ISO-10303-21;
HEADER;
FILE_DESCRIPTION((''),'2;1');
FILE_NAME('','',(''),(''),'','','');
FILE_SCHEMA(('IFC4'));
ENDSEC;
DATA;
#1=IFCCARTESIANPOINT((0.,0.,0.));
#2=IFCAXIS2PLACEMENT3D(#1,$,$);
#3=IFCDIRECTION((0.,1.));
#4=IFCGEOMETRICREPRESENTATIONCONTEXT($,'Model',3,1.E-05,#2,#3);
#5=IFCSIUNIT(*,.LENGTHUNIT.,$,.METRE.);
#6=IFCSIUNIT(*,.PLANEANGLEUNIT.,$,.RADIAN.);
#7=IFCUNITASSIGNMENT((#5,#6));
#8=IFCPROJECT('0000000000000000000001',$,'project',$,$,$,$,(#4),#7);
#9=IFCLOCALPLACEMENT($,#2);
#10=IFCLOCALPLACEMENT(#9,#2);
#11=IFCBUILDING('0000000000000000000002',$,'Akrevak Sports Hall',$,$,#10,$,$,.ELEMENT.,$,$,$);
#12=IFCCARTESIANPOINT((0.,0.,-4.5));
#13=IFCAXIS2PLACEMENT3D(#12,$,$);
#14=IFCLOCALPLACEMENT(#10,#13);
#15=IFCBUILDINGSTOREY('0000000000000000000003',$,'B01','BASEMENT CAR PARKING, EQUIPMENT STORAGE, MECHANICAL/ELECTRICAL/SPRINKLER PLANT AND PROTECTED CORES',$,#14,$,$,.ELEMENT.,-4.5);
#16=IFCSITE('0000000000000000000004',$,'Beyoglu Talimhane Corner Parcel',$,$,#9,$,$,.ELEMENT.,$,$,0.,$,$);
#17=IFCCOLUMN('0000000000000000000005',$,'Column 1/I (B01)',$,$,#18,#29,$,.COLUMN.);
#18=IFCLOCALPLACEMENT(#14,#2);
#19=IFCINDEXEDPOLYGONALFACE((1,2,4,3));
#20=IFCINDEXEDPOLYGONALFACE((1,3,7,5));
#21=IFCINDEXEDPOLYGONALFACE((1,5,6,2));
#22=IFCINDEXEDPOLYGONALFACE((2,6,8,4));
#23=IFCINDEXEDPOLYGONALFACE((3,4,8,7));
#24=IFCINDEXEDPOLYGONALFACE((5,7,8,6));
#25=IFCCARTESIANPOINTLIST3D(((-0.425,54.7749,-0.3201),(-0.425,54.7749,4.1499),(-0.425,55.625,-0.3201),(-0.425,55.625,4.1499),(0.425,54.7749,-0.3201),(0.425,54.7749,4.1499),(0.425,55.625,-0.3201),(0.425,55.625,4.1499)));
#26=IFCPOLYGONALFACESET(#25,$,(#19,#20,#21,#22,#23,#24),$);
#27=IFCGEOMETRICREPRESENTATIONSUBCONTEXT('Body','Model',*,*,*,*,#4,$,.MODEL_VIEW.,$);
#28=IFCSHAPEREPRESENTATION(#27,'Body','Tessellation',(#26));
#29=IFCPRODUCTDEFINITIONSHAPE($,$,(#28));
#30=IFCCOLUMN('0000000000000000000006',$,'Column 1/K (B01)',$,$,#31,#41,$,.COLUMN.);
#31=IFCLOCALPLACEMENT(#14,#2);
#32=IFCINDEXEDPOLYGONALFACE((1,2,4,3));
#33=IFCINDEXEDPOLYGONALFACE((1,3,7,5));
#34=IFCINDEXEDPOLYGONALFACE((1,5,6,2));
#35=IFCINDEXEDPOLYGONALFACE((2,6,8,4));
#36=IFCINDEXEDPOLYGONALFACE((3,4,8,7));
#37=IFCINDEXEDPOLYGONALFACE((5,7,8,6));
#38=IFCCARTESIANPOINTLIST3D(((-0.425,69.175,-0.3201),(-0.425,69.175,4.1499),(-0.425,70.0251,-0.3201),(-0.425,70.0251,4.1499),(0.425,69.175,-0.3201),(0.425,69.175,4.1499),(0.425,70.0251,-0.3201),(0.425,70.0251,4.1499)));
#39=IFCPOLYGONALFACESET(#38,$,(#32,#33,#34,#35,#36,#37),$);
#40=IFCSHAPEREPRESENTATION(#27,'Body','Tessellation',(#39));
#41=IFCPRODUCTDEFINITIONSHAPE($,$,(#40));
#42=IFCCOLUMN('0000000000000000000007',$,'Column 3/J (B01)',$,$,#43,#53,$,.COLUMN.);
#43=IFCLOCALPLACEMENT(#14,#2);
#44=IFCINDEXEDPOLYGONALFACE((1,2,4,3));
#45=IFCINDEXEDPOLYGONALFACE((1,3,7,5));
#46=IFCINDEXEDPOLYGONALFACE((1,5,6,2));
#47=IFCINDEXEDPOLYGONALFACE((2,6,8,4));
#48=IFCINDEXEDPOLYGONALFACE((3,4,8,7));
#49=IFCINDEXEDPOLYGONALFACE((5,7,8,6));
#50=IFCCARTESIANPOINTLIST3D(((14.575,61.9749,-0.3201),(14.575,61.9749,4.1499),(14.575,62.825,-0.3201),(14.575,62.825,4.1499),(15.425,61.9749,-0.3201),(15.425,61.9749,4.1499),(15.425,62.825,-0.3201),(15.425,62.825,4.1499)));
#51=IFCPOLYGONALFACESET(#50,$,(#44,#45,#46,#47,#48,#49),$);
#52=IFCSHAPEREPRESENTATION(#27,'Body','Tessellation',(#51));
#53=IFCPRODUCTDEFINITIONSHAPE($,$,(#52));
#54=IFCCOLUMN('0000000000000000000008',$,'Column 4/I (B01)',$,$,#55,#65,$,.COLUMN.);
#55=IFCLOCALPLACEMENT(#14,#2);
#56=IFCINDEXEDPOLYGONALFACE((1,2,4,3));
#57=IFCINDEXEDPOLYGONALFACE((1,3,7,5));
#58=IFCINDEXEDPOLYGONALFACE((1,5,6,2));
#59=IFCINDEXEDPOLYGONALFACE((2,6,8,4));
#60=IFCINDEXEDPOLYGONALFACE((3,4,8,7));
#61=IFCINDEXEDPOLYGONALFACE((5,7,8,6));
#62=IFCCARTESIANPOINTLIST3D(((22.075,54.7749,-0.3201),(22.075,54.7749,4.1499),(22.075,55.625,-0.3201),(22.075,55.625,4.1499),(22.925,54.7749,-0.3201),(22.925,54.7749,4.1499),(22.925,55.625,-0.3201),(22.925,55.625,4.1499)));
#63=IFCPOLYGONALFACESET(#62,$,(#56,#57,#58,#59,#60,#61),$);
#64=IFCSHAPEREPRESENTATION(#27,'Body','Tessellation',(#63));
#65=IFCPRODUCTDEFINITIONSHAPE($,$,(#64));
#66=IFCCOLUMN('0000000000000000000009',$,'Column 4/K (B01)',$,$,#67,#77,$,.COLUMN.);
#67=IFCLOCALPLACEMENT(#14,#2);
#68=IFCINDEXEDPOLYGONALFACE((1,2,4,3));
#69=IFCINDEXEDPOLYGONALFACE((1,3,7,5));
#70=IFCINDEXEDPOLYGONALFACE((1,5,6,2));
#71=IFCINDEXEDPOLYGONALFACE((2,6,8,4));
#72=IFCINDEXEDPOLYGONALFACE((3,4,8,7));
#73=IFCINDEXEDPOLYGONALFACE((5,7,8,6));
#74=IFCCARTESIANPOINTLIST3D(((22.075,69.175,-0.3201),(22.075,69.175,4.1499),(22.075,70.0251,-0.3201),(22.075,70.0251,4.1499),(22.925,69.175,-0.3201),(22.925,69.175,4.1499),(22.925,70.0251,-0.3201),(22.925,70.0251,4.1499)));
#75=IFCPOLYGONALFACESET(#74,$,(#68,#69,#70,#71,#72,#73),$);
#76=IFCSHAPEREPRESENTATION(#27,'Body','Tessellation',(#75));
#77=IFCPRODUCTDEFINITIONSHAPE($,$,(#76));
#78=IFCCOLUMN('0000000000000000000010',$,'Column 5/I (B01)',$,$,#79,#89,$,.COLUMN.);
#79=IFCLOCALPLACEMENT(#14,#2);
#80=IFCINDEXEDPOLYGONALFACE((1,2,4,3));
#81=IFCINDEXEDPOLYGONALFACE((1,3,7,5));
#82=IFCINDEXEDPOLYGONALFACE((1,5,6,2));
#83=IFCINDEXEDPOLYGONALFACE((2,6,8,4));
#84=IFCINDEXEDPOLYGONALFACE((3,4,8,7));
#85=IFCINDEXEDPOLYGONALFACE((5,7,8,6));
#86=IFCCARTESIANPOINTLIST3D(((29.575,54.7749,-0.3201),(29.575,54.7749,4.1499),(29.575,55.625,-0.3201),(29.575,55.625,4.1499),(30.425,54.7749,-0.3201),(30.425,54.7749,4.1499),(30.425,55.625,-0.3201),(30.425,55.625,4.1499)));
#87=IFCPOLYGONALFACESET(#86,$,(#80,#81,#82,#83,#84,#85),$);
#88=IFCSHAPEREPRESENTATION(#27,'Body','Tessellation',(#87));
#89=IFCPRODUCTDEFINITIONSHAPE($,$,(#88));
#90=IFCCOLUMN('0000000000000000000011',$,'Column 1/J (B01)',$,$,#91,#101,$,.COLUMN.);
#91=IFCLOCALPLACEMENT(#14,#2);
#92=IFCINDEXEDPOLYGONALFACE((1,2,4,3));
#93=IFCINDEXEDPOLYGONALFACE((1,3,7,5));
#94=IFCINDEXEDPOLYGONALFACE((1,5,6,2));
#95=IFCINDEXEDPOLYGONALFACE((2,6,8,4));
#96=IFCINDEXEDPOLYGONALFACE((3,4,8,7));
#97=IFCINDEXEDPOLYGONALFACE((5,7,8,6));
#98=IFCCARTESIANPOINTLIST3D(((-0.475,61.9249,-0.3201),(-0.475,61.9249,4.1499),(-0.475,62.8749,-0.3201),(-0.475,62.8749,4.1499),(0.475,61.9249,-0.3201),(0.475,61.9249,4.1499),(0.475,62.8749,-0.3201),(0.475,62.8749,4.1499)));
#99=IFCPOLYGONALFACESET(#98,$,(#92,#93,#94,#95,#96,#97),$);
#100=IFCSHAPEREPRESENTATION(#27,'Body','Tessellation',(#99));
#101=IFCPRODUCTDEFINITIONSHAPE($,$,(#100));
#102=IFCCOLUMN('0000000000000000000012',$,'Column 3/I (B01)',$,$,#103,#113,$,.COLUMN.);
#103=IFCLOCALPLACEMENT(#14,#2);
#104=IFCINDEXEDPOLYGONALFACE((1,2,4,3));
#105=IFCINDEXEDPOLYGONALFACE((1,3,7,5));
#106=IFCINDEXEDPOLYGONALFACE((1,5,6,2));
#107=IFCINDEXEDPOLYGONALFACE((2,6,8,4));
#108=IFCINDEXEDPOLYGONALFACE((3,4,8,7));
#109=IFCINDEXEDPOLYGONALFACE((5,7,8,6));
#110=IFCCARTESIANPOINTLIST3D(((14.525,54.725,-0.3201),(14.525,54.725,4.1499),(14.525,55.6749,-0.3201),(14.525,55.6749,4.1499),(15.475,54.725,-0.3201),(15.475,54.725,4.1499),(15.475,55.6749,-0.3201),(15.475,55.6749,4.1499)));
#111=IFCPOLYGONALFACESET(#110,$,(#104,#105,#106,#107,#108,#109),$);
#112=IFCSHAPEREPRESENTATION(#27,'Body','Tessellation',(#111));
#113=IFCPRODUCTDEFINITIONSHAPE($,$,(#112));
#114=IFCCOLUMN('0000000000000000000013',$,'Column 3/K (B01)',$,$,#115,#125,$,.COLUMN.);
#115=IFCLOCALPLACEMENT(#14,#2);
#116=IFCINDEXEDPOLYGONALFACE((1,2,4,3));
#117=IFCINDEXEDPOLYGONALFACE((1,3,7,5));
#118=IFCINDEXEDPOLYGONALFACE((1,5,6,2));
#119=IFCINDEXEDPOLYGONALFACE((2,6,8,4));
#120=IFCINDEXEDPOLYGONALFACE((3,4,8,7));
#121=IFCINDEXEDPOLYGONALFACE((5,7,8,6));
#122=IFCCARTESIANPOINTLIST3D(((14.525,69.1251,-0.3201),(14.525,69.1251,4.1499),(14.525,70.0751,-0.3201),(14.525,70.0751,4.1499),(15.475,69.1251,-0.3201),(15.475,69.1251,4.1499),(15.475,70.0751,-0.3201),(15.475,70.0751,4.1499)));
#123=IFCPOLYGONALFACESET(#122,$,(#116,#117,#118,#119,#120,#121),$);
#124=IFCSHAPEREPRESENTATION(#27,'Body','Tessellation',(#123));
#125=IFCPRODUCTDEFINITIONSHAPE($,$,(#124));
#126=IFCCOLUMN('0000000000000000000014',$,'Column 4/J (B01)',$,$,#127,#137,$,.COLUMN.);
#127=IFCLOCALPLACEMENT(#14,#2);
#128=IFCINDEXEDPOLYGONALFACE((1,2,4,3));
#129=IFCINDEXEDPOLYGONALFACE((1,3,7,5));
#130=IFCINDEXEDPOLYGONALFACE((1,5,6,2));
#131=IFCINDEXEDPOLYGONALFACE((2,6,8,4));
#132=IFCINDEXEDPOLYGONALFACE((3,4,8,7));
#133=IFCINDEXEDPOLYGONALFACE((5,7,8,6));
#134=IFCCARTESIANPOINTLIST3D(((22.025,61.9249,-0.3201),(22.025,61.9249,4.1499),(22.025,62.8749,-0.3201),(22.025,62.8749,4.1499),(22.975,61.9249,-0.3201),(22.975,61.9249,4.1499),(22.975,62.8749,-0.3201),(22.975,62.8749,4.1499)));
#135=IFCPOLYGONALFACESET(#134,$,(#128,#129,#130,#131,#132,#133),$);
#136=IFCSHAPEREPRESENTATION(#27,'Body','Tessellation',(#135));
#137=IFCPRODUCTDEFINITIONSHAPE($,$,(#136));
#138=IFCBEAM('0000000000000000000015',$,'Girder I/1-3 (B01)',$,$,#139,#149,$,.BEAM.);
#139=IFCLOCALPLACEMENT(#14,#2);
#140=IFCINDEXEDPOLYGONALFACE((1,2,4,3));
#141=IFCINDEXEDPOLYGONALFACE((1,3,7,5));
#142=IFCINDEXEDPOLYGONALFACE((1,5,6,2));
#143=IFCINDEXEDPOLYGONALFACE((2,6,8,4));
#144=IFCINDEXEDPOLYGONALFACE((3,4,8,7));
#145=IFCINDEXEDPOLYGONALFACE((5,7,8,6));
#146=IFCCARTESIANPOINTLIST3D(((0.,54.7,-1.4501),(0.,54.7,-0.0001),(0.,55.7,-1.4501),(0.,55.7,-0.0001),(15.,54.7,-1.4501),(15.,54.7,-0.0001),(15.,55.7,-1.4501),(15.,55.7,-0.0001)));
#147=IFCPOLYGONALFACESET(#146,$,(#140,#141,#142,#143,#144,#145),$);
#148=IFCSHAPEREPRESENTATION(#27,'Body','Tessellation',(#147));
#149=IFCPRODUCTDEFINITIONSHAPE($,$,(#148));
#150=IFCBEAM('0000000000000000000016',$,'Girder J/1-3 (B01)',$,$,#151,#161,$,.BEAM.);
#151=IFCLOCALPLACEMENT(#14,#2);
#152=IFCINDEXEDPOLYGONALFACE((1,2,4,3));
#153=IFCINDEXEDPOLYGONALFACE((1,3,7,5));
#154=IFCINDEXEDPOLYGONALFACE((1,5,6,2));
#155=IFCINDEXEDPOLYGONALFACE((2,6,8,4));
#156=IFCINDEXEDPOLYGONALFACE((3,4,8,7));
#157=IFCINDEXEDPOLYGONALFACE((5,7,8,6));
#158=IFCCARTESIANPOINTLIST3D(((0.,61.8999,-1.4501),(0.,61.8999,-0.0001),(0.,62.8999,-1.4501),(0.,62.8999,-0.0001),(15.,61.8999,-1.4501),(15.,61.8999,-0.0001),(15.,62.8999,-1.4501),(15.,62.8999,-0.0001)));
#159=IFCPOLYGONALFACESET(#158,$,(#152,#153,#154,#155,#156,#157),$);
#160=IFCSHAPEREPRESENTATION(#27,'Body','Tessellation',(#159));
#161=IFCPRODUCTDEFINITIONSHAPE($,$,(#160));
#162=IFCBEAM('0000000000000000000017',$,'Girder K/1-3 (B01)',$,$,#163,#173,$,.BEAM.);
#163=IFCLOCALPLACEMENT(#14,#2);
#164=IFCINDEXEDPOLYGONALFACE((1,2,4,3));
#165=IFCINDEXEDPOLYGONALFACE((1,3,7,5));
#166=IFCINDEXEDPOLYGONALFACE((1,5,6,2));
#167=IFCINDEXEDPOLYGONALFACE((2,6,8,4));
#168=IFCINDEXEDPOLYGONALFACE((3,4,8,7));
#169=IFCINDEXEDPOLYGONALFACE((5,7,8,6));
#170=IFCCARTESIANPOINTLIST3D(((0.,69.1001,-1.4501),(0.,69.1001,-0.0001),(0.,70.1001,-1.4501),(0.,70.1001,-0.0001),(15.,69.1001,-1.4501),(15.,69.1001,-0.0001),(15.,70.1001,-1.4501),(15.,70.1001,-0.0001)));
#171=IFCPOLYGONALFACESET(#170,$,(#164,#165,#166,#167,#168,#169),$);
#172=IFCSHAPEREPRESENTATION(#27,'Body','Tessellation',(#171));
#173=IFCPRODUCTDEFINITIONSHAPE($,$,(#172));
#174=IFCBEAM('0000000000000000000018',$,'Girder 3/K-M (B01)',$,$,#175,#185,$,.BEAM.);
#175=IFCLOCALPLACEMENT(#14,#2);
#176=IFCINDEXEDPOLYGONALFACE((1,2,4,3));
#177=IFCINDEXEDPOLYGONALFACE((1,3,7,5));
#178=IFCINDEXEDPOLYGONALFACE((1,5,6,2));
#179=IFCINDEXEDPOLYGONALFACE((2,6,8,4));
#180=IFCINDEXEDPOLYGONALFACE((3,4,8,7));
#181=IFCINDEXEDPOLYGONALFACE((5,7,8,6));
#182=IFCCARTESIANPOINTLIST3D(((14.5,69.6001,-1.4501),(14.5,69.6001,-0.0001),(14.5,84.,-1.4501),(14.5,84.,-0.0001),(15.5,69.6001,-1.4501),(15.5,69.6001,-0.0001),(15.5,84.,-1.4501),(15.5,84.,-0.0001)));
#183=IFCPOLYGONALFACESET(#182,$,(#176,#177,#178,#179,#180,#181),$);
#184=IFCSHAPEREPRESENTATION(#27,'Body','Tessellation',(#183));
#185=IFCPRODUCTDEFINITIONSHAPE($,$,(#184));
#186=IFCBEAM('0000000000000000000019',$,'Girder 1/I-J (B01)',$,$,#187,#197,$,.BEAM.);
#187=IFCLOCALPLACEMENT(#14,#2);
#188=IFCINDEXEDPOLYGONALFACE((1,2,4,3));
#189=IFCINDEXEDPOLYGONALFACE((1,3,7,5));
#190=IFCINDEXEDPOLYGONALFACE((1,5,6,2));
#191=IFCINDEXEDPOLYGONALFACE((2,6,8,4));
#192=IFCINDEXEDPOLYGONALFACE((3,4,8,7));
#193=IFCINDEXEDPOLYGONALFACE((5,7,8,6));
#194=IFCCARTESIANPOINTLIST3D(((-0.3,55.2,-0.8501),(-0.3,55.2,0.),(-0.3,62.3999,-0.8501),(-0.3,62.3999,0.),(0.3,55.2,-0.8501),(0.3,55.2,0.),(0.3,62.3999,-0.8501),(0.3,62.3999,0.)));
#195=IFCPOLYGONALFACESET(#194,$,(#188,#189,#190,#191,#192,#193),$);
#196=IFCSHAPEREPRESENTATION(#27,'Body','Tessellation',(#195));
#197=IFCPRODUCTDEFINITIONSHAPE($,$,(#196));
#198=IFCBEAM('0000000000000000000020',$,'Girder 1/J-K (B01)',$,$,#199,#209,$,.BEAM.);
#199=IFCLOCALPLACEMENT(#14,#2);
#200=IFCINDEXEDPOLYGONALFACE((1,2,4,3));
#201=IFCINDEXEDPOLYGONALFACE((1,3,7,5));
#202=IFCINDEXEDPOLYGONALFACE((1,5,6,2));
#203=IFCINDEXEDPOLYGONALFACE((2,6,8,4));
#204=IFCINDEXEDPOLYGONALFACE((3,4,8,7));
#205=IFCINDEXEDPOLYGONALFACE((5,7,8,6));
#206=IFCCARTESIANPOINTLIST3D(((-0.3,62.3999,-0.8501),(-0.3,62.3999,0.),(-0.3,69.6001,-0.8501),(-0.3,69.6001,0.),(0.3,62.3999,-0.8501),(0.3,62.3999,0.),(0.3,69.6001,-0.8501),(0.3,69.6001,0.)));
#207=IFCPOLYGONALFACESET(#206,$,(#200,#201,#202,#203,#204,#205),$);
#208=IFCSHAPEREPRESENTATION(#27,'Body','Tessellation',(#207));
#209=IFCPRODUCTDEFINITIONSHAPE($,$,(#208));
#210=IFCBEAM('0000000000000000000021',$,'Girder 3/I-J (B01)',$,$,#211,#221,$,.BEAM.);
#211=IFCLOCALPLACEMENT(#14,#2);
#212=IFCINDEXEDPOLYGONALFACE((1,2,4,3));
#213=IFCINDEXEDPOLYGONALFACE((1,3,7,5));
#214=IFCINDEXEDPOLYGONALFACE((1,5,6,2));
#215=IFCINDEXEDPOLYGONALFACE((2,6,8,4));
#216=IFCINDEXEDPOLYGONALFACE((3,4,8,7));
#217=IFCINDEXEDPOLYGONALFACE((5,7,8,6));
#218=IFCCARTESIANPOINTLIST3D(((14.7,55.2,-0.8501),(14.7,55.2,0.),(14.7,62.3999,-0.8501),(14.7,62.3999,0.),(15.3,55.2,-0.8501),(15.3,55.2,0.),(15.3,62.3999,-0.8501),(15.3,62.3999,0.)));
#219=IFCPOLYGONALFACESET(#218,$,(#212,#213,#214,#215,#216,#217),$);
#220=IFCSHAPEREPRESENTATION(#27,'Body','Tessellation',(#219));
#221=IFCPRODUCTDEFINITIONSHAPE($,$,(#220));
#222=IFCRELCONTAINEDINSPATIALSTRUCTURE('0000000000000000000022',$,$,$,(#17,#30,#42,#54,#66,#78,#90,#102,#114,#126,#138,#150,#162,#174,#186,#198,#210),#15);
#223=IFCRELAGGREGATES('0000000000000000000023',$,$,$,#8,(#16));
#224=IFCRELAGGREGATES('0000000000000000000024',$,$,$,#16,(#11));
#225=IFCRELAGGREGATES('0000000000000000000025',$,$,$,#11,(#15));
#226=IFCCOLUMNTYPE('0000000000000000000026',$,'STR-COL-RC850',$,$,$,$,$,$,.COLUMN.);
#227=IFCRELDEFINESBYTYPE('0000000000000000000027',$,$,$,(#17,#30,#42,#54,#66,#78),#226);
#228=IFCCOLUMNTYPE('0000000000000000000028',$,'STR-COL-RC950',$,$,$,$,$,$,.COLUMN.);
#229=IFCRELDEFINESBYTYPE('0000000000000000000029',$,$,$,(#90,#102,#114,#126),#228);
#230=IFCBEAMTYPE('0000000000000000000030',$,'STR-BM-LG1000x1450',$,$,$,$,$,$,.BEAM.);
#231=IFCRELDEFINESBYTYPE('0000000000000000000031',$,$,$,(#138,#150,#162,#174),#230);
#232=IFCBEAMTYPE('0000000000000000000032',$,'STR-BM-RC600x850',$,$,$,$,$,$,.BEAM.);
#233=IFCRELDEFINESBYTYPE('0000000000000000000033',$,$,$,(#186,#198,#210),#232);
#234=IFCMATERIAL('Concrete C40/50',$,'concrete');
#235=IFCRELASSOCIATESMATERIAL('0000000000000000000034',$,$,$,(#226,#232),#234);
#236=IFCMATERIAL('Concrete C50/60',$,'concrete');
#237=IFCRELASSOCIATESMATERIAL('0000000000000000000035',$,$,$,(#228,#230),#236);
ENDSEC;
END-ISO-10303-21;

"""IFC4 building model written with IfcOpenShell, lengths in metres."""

from ifc_helpers import new_model, si_unit, direction, frame, origin, origin_2d, place, context, subcontext, project, spatial, rectangle, extrude, material, material_profile, profile_set, type_object, element, save


model = new_model("IFC4")

# Units and contexts
model_context = context("Model", 3, precision=1e-05, world=origin(), true_north=direction((0.0, 1.0)))
body_context = subcontext(model_context, "Body", "Model", "MODEL_VIEW")
ifc_project = project(units=[si_unit("LENGTHUNIT", "METRE"), si_unit("PLANEANGLEUNIT", "RADIAN")], contexts=[model_context])

# Site, building, storey
site_placement = place(None, origin())
site = spatial("IfcSite", under=ifc_project, at=site_placement, Name="Beyoglu Talimhane Corner Parcel", CompositionType="ELEMENT", RefElevation=0.0)
building_placement = place(site_placement, origin())
building = spatial("IfcBuilding", under=site, at=building_placement, Name="Akrevak Sports Hall", CompositionType="ELEMENT")
storey_placement = place(building_placement, frame((0.0, 0.0, -4.5)))
storey = spatial("IfcBuildingStorey", under=building, at=storey_placement, Name="B01", Description="BASEMENT CAR PARKING, EQUIPMENT STORAGE, MECHANICAL/ELECTRICAL/SPRINKLER PLANT AND PROTECTED CORES", CompositionType="ELEMENT", Elevation=-4.5)

# Columns
ifc_material_1 = material(Name="Concrete C40/50", Category="concrete")
ifc_material_profile_1 = material_profile(ifc_material_1, rectangle(XDim=0.8501, YDim=0.8501, at=origin_2d()), Name="RC 850x850", Category="concrete")
ifc_profile_set_1 = profile_set([ifc_material_profile_1], Name="Concrete C40/50")
column_type_1 = type_object("IfcColumnType", Name="STR-COL-RC850", PredefinedType="COLUMN", material=ifc_profile_set_1)
for number, where, z_axis, x_axis, name in (
    (1, (0.0, 55.2, -0.3201), (0.0, 0.0, 1.0), (1.0, 0.0, 0.0), "Column 1/I (B01)"),
    (2, (0.0, 69.6001, -0.3201), (0.0, 0.0, 1.0), (1.0, 0.0, 0.0), "Column 1/K (B01)"),
    (3, (15.0, 62.3999, -0.3201), (0.0, 0.0, 1.0), (1.0, 0.0, 0.0), "Column 3/J (B01)"),
    (4, (22.5, 55.2, -0.3201), (0.0, 0.0, 1.0), (1.0, 0.0, 0.0), "Column 4/I (B01)"),
    (5, (22.5, 69.6001, -0.3201), (0.0, 0.0, 1.0), (1.0, 0.0, 0.0), "Column 4/K (B01)"),
    (6, (30.0, 55.2, -0.3201), (0.0, 0.0, 1.0), (1.0, 0.0, 0.0), "Column 5/I (B01)"),
):
    element("IfcColumn", number, at=place(storey_placement, frame(where, z_axis=z_axis, x_axis=x_axis)), inside=storey, type_object=column_type_1, Name=name, PredefinedType="COLUMN", context=body_context, shape_type="SweptSolid", body=[
        extrude(rectangle(XDim=0.8501, YDim=0.8501, at=origin_2d()), origin(), (0.0, 0.0, 1.0), 4.47),
    ])
ifc_material_2 = material(Name="Concrete C50/60", Category="concrete")
ifc_material_profile_2 = material_profile(ifc_material_2, rectangle(XDim=0.95, YDim=0.95, at=origin_2d()), Name="RC 950x950", Category="concrete")
ifc_profile_set_2 = profile_set([ifc_material_profile_2], Name="Concrete C50/60")
column_type_2 = type_object("IfcColumnType", Name="STR-COL-RC950", PredefinedType="COLUMN", material=ifc_profile_set_2)
for number, where, z_axis, x_axis, name in (
    (7, (0.0, 62.3999, -0.3201), (0.0, 0.0, 1.0), (1.0, 0.0, 0.0), "Column 1/J (B01)"),
    (8, (15.0, 55.2, -0.3201), (0.0, 0.0, 1.0), (1.0, 0.0, 0.0), "Column 3/I (B01)"),
    (9, (15.0, 69.6001, -0.3201), (0.0, 0.0, 1.0), (1.0, 0.0, 0.0), "Column 3/K (B01)"),
    (10, (22.5, 62.3999, -0.3201), (0.0, 0.0, 1.0), (1.0, 0.0, 0.0), "Column 4/J (B01)"),
):
    element("IfcColumn", number, at=place(storey_placement, frame(where, z_axis=z_axis, x_axis=x_axis)), inside=storey, type_object=column_type_2, Name=name, PredefinedType="COLUMN", context=body_context, shape_type="SweptSolid", body=[
        extrude(rectangle(XDim=0.95, YDim=0.95, at=origin_2d()), origin(), (0.0, 0.0, 1.0), 4.47),
    ])

# Beams
ifc_material_profile_3 = material_profile(ifc_material_2, rectangle(XDim=1.0, YDim=1.45, at=origin_2d()), Name="BM 1000x1450", Category="concrete")
ifc_profile_set_3 = profile_set([ifc_material_profile_3], Name="Concrete C50/60")
beam_type_1 = type_object("IfcBeamType", Name="STR-BM-LG1000x1450", PredefinedType="BEAM", material=ifc_profile_set_3)
for number, where, z_axis, x_axis, name in (
    (11, (0.0, 55.2, -0.7251), (1.0, 0.0, 0.0), (0.0, 1.0, 0.0), "Girder I/1-3 (B01)"),
    (12, (0.0, 62.3999, -0.7251), (1.0, 0.0, 0.0), (0.0, 1.0, 0.0), "Girder J/1-3 (B01)"),
    (13, (0.0, 69.6001, -0.7251), (1.0, 0.0, 0.0), (0.0, 1.0, 0.0), "Girder K/1-3 (B01)"),
):
    element("IfcBeam", number, at=place(storey_placement, frame(where, z_axis=z_axis, x_axis=x_axis)), inside=storey, type_object=beam_type_1, Name=name, PredefinedType="BEAM", context=body_context, shape_type="SweptSolid", body=[
        extrude(rectangle(XDim=1.0, YDim=1.45, at=origin_2d()), origin(), (0.0, 0.0, 1.0), 15.0),
    ])
beam_1_placement = place(storey_placement, frame((15.0, 69.6001, -0.7251), z_axis=(0.0, 1.0, 0.0), x_axis=(-1.0, 0.0, 0.0)))
element("IfcBeam", 14, at=beam_1_placement, inside=storey, type_object=beam_type_1, Name="Girder 3/K-M (B01)", PredefinedType="BEAM", context=body_context, shape_type="SweptSolid", body=[
    extrude(rectangle(XDim=1.0, YDim=1.45, at=origin_2d()), origin(), (0.0, 0.0, 1.0), 14.3999),
])
ifc_material_profile_4 = material_profile(ifc_material_1, rectangle(XDim=0.6001, YDim=0.8501, at=origin_2d()), Name="BM 600x850", Category="concrete")
ifc_profile_set_4 = profile_set([ifc_material_profile_4], Name="Concrete C40/50")
beam_type_2 = type_object("IfcBeamType", Name="STR-BM-RC600x850", PredefinedType="BEAM", material=ifc_profile_set_4)
beam_2_placement = place(storey_placement, frame((0.0, 55.2, -0.425), z_axis=(0.0, 1.0, 0.0), x_axis=(-1.0, 0.0, 0.0)))
element("IfcBeam", 15, at=beam_2_placement, inside=storey, type_object=beam_type_2, Name="Girder 1/I-J (B01)", PredefinedType="BEAM", context=body_context, shape_type="SweptSolid", body=[
    extrude(rectangle(XDim=0.6001, YDim=0.8501, at=origin_2d()), origin(), (0.0, 0.0, 1.0), 7.2),
])
beam_3_placement = place(storey_placement, frame((0.0, 62.3999, -0.425), z_axis=(0.0, 1.0, 0.0), x_axis=(-1.0, 0.0, 0.0)))
element("IfcBeam", 16, at=beam_3_placement, inside=storey, type_object=beam_type_2, Name="Girder 1/J-K (B01)", PredefinedType="BEAM", context=body_context, shape_type="SweptSolid", body=[
    extrude(rectangle(XDim=0.6001, YDim=0.8501, at=origin_2d()), origin(), (0.0, 0.0, 1.0), 7.2002),
])
beam_4_placement = place(storey_placement, frame((15.0, 55.2, -0.425), z_axis=(0.0, 1.0, 0.0), x_axis=(-1.0, 0.0, 0.0)))
element("IfcBeam", 17, at=beam_4_placement, inside=storey, type_object=beam_type_2, Name="Girder 3/I-J (B01)", PredefinedType="BEAM", context=body_context, shape_type="SweptSolid", body=[
    extrude(rectangle(XDim=0.6001, YDim=0.8501, at=origin_2d()), origin(), (0.0, 0.0, 1.0), 7.2),
])

save(model, "model.ifc")
